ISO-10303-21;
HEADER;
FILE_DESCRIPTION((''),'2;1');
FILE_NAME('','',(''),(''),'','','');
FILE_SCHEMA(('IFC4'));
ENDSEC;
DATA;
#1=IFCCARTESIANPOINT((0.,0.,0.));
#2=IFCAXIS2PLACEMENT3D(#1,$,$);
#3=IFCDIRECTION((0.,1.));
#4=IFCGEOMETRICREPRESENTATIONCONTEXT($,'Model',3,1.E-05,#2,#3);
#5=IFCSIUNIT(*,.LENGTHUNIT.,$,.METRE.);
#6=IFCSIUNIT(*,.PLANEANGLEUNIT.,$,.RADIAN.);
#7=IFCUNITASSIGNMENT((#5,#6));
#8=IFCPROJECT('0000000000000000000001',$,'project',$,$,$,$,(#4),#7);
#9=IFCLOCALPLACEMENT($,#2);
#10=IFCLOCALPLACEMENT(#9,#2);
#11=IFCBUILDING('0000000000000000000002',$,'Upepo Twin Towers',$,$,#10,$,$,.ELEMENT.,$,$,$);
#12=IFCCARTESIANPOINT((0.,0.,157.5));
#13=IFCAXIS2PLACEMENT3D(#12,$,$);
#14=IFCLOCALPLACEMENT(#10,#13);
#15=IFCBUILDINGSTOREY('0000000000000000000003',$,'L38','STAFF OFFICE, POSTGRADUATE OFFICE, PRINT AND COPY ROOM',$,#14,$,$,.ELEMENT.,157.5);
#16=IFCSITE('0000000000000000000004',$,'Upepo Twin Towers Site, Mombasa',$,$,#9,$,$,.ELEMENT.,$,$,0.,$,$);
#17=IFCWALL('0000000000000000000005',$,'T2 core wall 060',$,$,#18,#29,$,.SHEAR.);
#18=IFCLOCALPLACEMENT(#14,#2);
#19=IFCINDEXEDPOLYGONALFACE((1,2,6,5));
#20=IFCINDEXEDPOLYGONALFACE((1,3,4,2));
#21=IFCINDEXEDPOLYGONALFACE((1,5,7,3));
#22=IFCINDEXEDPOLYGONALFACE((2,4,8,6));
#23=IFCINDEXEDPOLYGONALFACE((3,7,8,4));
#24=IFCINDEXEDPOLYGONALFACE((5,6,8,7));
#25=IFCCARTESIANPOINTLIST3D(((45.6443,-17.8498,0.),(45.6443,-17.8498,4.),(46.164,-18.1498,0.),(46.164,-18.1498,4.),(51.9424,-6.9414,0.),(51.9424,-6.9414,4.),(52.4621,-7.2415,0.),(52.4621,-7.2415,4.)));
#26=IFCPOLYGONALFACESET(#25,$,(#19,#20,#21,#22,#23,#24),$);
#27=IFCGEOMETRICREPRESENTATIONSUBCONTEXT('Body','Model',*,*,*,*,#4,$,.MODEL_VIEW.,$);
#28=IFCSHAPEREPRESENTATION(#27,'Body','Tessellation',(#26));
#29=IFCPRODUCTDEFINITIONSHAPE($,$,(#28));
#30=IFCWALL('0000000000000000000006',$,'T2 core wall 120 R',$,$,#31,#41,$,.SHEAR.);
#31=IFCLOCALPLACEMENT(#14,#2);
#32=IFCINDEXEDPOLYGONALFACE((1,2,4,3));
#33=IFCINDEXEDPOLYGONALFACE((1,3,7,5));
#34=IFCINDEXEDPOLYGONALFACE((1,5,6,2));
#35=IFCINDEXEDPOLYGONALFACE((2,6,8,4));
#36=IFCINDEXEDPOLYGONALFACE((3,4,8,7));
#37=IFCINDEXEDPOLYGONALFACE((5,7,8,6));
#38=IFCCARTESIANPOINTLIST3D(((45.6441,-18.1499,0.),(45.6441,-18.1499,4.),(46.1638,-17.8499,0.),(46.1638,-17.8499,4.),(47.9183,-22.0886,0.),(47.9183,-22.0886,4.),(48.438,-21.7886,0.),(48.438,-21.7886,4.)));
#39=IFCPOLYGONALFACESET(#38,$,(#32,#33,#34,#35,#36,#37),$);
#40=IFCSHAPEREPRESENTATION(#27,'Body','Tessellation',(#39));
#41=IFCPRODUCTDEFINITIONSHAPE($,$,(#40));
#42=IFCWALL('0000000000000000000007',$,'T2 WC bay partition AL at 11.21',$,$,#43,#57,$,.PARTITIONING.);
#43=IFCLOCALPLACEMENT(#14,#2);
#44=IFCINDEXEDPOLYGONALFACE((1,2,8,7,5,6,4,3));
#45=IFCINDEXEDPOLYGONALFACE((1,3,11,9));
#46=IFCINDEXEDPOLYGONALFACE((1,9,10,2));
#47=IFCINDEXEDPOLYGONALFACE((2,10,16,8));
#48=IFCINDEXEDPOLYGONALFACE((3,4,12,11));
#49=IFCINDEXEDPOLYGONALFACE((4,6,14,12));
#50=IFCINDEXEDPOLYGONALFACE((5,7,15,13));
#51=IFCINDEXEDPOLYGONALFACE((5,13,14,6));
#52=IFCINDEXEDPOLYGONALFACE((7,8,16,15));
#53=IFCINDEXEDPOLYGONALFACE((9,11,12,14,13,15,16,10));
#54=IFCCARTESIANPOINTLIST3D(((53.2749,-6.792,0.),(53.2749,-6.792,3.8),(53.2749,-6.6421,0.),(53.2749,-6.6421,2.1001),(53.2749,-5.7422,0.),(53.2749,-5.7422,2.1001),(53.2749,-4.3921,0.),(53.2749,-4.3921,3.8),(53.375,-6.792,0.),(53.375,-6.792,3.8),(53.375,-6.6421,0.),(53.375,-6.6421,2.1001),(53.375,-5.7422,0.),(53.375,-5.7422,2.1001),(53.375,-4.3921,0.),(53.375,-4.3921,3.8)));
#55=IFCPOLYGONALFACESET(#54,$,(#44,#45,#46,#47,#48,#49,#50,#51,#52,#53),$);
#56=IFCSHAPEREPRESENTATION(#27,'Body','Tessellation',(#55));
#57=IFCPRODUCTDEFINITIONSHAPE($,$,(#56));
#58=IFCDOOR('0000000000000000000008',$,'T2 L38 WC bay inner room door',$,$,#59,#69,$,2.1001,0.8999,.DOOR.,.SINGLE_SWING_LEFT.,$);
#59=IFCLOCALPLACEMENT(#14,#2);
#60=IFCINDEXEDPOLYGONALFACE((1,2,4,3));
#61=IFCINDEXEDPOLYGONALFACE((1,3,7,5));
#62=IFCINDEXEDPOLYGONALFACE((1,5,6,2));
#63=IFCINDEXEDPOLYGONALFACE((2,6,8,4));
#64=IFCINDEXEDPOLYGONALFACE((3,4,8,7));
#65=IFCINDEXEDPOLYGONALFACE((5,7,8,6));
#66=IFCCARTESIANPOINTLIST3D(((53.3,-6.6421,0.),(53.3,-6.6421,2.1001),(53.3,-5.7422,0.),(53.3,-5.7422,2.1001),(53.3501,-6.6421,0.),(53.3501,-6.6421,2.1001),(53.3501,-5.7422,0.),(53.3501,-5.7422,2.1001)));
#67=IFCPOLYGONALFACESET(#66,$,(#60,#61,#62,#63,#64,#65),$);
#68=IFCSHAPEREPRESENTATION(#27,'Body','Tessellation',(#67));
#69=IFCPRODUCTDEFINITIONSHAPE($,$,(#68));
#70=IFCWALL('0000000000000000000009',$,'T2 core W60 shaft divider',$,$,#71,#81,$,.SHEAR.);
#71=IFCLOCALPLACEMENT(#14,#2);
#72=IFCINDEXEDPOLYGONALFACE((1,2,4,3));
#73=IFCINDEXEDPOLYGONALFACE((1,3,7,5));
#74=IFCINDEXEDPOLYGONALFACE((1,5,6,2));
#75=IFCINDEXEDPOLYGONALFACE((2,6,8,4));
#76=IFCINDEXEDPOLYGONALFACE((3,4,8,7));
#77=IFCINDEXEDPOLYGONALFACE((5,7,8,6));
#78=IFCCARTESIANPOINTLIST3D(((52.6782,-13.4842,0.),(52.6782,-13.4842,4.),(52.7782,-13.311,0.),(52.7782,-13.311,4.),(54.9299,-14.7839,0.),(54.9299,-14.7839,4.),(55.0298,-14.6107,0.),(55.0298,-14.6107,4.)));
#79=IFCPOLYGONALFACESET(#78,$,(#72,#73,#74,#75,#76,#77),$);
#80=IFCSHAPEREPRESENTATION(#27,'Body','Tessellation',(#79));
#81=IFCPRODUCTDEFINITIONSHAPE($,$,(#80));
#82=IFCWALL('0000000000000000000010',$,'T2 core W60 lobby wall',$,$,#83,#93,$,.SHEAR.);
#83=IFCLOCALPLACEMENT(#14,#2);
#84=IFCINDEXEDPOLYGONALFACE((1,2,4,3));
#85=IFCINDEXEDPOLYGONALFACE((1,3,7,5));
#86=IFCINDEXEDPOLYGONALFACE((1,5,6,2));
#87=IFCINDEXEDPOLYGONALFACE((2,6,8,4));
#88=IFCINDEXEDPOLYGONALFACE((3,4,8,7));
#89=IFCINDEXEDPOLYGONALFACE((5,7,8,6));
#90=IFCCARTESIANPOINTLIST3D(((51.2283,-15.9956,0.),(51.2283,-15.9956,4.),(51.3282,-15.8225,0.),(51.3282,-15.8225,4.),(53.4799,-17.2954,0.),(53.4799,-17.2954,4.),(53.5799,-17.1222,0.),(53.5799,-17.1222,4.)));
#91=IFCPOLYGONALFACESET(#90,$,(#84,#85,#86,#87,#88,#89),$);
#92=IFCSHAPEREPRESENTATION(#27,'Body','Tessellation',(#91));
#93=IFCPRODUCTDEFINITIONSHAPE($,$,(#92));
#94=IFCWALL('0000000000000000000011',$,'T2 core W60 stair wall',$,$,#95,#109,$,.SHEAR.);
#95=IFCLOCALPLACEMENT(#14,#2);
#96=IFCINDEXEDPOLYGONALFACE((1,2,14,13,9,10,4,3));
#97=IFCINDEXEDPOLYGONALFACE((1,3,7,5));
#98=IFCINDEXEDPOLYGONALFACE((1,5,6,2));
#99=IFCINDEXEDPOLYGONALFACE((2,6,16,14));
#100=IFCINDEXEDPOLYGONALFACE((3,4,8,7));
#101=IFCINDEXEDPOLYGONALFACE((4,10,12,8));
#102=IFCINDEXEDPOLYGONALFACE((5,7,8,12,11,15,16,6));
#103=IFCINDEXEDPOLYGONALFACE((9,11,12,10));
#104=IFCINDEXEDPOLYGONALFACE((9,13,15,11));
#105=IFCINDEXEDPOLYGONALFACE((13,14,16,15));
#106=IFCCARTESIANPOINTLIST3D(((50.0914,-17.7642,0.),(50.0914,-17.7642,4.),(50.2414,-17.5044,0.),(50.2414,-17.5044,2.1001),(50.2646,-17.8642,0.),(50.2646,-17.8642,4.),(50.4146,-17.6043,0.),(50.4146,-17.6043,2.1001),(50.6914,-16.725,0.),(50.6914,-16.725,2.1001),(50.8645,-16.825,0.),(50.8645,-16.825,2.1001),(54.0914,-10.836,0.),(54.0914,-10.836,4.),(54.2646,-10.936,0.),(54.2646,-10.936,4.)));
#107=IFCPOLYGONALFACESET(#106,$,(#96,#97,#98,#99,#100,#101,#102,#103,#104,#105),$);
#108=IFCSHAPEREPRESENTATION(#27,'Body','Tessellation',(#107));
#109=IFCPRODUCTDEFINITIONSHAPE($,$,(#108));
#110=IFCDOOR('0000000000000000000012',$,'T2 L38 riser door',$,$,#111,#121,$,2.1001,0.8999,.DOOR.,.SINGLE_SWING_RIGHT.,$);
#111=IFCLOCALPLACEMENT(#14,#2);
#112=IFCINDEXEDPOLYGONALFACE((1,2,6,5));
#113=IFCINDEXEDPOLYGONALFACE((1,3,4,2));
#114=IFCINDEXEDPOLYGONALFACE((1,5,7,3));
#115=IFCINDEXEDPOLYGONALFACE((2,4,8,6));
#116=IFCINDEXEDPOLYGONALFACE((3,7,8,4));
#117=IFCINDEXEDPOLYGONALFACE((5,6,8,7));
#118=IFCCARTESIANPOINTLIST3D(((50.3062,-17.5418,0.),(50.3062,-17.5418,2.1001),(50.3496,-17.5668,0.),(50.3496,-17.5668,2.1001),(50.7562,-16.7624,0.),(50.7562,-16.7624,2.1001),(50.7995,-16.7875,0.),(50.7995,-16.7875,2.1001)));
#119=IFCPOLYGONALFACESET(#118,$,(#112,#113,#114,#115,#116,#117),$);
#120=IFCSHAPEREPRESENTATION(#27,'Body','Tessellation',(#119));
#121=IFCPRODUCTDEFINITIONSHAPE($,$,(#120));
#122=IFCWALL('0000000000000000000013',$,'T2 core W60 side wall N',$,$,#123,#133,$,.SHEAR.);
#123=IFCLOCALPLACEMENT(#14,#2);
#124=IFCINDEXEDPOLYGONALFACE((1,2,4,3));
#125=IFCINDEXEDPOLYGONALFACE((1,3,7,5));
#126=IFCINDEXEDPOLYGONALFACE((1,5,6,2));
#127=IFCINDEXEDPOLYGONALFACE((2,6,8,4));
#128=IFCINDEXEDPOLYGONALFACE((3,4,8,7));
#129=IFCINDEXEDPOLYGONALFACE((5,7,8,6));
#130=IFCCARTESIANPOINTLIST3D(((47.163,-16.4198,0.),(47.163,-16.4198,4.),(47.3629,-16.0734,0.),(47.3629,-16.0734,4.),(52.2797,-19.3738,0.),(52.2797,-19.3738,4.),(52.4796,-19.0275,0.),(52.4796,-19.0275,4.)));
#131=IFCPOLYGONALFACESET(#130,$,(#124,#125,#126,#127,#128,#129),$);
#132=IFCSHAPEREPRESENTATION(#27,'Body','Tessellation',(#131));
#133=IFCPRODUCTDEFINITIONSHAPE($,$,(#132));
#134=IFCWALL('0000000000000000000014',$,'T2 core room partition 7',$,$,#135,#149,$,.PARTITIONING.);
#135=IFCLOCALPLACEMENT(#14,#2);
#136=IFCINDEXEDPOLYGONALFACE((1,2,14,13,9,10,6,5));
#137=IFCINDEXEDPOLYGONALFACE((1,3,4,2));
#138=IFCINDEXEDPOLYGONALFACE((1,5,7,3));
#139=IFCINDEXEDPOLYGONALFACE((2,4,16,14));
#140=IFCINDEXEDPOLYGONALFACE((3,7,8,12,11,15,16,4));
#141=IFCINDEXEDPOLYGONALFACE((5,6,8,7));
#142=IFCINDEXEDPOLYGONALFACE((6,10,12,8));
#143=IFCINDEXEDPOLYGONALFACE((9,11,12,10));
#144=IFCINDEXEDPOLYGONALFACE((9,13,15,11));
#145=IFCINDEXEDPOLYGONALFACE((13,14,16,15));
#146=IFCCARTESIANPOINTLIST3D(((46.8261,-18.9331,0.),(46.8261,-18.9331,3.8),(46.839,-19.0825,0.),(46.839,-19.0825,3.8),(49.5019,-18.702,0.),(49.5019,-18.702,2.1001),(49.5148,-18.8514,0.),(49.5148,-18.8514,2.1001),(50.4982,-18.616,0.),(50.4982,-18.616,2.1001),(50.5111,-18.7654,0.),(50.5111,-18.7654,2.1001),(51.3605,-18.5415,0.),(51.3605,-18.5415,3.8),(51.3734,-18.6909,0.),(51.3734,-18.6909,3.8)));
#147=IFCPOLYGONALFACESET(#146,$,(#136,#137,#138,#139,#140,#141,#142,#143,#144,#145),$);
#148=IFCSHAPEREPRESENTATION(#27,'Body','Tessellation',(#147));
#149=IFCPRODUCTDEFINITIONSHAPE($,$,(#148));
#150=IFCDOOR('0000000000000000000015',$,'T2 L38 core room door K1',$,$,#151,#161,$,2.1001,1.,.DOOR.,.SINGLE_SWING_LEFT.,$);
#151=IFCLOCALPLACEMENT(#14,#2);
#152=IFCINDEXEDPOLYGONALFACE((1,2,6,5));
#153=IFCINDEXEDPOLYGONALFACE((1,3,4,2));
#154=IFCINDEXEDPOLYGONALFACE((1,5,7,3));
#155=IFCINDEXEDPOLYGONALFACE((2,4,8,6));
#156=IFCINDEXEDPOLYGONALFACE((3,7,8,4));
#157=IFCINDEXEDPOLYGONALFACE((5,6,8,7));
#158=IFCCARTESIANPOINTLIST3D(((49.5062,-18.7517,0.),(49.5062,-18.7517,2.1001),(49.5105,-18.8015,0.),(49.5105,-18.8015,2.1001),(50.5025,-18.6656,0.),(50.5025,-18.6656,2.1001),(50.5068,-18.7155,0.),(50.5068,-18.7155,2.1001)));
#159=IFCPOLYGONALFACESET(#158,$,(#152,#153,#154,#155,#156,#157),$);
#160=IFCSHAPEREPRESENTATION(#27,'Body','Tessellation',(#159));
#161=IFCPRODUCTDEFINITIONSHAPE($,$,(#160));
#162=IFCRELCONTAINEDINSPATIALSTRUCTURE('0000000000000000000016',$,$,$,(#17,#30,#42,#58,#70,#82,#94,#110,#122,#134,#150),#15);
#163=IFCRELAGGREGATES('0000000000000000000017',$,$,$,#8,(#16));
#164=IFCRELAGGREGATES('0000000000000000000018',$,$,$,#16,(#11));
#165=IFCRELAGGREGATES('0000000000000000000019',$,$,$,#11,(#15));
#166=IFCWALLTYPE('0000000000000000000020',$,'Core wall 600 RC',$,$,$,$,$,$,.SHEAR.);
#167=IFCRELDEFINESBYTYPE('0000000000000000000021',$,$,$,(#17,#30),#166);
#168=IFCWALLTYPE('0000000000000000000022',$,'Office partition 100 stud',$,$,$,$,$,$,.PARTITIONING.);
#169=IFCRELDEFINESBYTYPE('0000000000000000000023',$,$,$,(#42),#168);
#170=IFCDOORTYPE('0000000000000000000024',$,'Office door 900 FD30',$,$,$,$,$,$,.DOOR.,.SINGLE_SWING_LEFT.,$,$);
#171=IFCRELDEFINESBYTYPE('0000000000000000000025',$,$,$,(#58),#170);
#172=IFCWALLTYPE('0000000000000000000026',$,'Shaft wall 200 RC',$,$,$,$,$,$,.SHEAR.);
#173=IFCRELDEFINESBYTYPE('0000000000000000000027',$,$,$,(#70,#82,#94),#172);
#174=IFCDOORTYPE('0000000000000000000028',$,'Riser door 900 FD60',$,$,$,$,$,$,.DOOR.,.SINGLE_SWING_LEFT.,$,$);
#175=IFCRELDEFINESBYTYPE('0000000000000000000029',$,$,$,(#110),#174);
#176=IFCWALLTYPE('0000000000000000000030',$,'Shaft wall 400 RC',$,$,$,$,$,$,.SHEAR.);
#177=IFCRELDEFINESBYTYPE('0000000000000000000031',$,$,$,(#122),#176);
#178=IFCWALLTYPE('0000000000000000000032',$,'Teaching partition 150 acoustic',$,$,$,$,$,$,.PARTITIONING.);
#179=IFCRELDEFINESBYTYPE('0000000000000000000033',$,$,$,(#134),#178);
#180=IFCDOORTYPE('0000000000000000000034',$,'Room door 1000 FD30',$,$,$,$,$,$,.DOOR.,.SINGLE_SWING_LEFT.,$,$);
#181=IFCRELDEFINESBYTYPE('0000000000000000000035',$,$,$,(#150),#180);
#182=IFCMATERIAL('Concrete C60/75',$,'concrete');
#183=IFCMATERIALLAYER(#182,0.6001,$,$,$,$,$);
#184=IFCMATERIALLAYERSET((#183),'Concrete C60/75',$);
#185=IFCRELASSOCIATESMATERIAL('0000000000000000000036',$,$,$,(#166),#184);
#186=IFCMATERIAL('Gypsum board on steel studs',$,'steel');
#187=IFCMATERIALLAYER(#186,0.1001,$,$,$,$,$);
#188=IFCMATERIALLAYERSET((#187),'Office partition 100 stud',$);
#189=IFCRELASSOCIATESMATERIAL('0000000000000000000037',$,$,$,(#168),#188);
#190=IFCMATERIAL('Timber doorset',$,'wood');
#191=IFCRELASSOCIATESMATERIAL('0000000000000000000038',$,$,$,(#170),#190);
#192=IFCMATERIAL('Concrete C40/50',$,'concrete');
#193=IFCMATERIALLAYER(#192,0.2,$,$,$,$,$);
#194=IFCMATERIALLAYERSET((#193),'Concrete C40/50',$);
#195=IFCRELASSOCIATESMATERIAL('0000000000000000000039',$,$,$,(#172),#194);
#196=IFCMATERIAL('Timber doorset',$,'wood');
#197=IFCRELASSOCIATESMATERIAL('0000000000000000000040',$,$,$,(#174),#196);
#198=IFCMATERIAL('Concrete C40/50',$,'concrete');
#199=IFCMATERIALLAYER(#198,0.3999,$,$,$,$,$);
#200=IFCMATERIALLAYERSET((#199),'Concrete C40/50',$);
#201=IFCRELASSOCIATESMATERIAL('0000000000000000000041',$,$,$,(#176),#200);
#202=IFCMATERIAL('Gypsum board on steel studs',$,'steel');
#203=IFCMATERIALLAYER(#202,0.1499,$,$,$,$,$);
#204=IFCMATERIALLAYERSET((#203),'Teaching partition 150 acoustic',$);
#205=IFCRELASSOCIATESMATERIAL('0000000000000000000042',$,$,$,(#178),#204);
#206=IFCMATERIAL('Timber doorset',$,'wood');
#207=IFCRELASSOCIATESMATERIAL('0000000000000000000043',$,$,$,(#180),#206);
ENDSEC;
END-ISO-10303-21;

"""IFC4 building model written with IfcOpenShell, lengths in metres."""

from ifc_helpers import new_model, si_unit, direction, frame, frame_2d, origin, place, context, subcontext, project, spatial, rectangle, extrude, material, layer, layer_set, type_object, element, fill, save


model = new_model("IFC4")

# Units and contexts
model_context = context("Model", 3, precision=1e-05, world=origin(), true_north=direction((0.0, 1.0)))
body_context = subcontext(model_context, "Body", "Model", "MODEL_VIEW")
ifc_project = project(units=[si_unit("LENGTHUNIT", "METRE"), si_unit("PLANEANGLEUNIT", "RADIAN")], contexts=[model_context])

# Site, building, storey
site_placement = place(None, origin())
site = spatial("IfcSite", under=ifc_project, at=site_placement, Name="Upepo Twin Towers Site, Mombasa", CompositionType="ELEMENT", RefElevation=0.0)
building_placement = place(site_placement, origin())
building = spatial("IfcBuilding", under=site, at=building_placement, Name="Upepo Twin Towers", CompositionType="ELEMENT")
storey_placement = place(building_placement, frame((0.0, 0.0, 157.5)))
storey = spatial("IfcBuildingStorey", under=building, at=storey_placement, Name="L38", Description="STAFF OFFICE, POSTGRADUATE OFFICE, PRINT AND COPY ROOM", CompositionType="ELEMENT", Elevation=157.5)

# Walls
ifc_material_1 = material(Name="Concrete C60/75", Category="concrete")
ifc_layer_1 = layer(ifc_material_1, 0.6001)
ifc_layer_set_1 = layer_set([ifc_layer_1], Name="Concrete C60/75")
wall_type_1 = type_object("IfcWallType", Name="Core wall 600 RC", PredefinedType="SHEAR", material=ifc_layer_set_1)
wall_1_placement = place(storey_placement, frame((52.2021, -7.0916, 0.0), z_axis=(0.0, 0.0, 1.0), x_axis=(-0.500006, -0.866022, 0.0)))
element("IfcWall", 1, at=wall_1_placement, inside=storey, type_object=wall_type_1, Name="T2 core wall 060", PredefinedType="SHEAR", context=body_context, shape_type="SweptSolid", body=[
    extrude(rectangle(XDim=12.5959, YDim=0.6001, at=frame_2d((6.2979, 0.0))), origin(), (0.0, 0.0, 1.0), 4.0),
])
wall_2_placement = place(storey_placement, frame((45.9041, -18.0, 0.0), z_axis=(0.0, 0.0, 1.0), x_axis=(0.500024, -0.866011, 0.0)))
element("IfcWall", 2, at=wall_2_placement, inside=storey, type_object=wall_type_1, Name="T2 core wall 120 R", PredefinedType="SHEAR", context=body_context, shape_type="SweptSolid", body=[
    extrude(rectangle(XDim=4.5481, YDim=0.6001, at=frame_2d((2.2739, 0.0))), origin(), (0.0, 0.0, 1.0), 4.0),
])

# Wall, opening, door
ifc_material_2 = material(Name="Gypsum board on steel studs", Category="steel")
ifc_layer_2 = layer(ifc_material_2, 0.1001)
ifc_layer_set_2 = layer_set([ifc_layer_2], Name="Office partition 100 stud")
wall_type_2 = type_object("IfcWallType", Name="Office partition 100 stud", PredefinedType="PARTITIONING", material=ifc_layer_set_2)
wall_3_placement = place(storey_placement, frame((53.325, -6.792, 0.0), z_axis=(0.0, 0.0, 1.0), x_axis=(0.0, 1.0, 0.0)))
wall_3 = element("IfcWall", 3, at=wall_3_placement, inside=storey, type_object=wall_type_2, Name="T2 WC bay partition AL at 11.21", PredefinedType="PARTITIONING", context=body_context, shape_type="SweptSolid", body=[
    extrude(rectangle(XDim=2.3999, YDim=0.1001, at=frame_2d((1.2, 0.0))), origin(), (0.0, 0.0, 1.0), 3.8),
])
opening_1_placement = place(wall_3_placement, frame((0.1499, 0.0, 0.0)))
opening_1 = element("IfcOpeningElement", 4, at=opening_1_placement, cuts=wall_3, PredefinedType="OPENING", context=body_context, shape_type="SweptSolid", body=[
    extrude(rectangle(XDim=0.8999, YDim=2.1001, at=frame_2d((0.45, 1.05))), frame((0.0, 0.0601, 0.0), z_axis=(0.0, -1.0, 0.0), x_axis=(1.0, 0.0, 0.0)), (0.0, 0.0, 1.0), 0.1201),
])
ifc_material_3 = material(Name="Timber doorset", Category="wood")
door_type_1 = type_object("IfcDoorType", Name="Office door 900 FD30", OperationType="SINGLE_SWING_LEFT", PredefinedType="DOOR", material=ifc_material_3)
door_1_placement = place(opening_1_placement, origin())
door_1 = element("IfcDoor", 5, at=door_1_placement, inside=storey, type_object=door_type_1, Name="T2 L38 WC bay inner room door", OperationType="SINGLE_SWING_LEFT", OverallHeight=2.1001, OverallWidth=0.8999, PredefinedType="DOOR", context=body_context, shape_type="SweptSolid", body=[
    extrude(rectangle(XDim=0.8999, YDim=2.1001, at=frame_2d((0.45, 1.05))), frame((0.0, 0.0249, 0.0), z_axis=(0.0, -1.0, 0.0), x_axis=(1.0, 0.0, 0.0)), (0.0, 0.0, 1.0), 0.05),
])
fill(opening_1, door_1)

# Walls
ifc_material_4 = material(Name="Concrete C40/50", Category="concrete")
ifc_layer_3 = layer(ifc_material_4, 0.2)
ifc_layer_set_3 = layer_set([ifc_layer_3], Name="Concrete C40/50")
wall_type_3 = type_object("IfcWallType", Name="Shaft wall 200 RC", PredefinedType="SHEAR", material=ifc_layer_set_3)
for number, where, z_axis, x_axis, name in (
    (6, (54.9797, -14.6973, 0.0), (0.0, 0.0, 1.0), (-0.866062, 0.499937, 0.0), "T2 core W60 shaft divider"),
    (7, (53.5298, -17.2087, 0.0), (0.0, 0.0, 1.0), (-0.866062, 0.499937, 0.0), "T2 core W60 lobby wall"),
):
    element("IfcWall", number, at=place(storey_placement, frame(where, z_axis=z_axis, x_axis=x_axis)), inside=storey, type_object=wall_type_3, Name=name, PredefinedType="SHEAR", context=body_context, shape_type="SweptSolid", body=[
        extrude(rectangle(XDim=2.5999, YDim=0.2, at=frame_2d((1.2998, 0.0))), origin(), (0.0, 0.0, 1.0), 4.0),
    ])

# Wall, opening, door
wall_4_placement = place(storey_placement, frame((54.178, -10.886, 0.0), z_axis=(0.0, 0.0, 1.0), x_axis=(-0.499999, -0.866026, 0.0)))
wall_4 = element("IfcWall", 8, at=wall_4_placement, inside=storey, type_object=wall_type_3, Name="T2 core W60 stair wall", PredefinedType="SHEAR", context=body_context, shape_type="SweptSolid", body=[
    extrude(rectangle(XDim=8.0, YDim=0.2, at=frame_2d((4.0, 0.0))), origin(), (0.0, 0.0, 1.0), 4.0),
])
opening_2_placement = place(wall_4_placement, frame((6.8, 0.0, 0.0)))
opening_2 = element("IfcOpeningElement", 9, at=opening_2_placement, cuts=wall_4, PredefinedType="OPENING", context=body_context, shape_type="SweptSolid", body=[
    extrude(rectangle(XDim=0.8999, YDim=2.1001, at=frame_2d((0.45, 1.05))), frame((0.0, 0.1099, 0.0), z_axis=(0.0, -1.0, 0.0), x_axis=(1.0, 0.0, 0.0)), (0.0, 0.0, 1.0), 0.22),
])
ifc_material_5 = material(Name="Timber doorset", Category="wood")
door_type_2 = type_object("IfcDoorType", Name="Riser door 900 FD60", OperationType="SINGLE_SWING_LEFT", PredefinedType="DOOR", material=ifc_material_5)
door_2_placement = place(opening_2_placement, origin())
door_2 = element("IfcDoor", 10, at=door_2_placement, inside=storey, type_object=door_type_2, Name="T2 L38 riser door", OperationType="SINGLE_SWING_RIGHT", OverallHeight=2.1001, OverallWidth=0.8999, PredefinedType="DOOR", context=body_context, shape_type="SweptSolid", body=[
    extrude(rectangle(XDim=0.8999, YDim=2.1001, at=frame_2d((0.45, 1.05))), frame((0.0, 0.0249, 0.0), z_axis=(0.0, -1.0, 0.0), x_axis=(1.0, 0.0, 0.0)), (0.0, 0.0, 1.0), 0.05),
])
fill(opening_2, door_2)

# Wall
ifc_material_6 = material(Name="Concrete C40/50", Category="concrete")
ifc_layer_4 = layer(ifc_material_6, 0.3999)
ifc_layer_set_4 = layer_set([ifc_layer_4], Name="Concrete C40/50")
wall_type_4 = type_object("IfcWallType", Name="Shaft wall 400 RC", PredefinedType="SHEAR", material=ifc_layer_set_4)
wall_5_placement = place(storey_placement, frame((52.3796, -19.2007, 0.0), z_axis=(0.0, 0.0, 1.0), x_axis=(-0.866027, 0.499997, 0.0)))
element("IfcWall", 11, at=wall_5_placement, inside=storey, type_object=wall_type_4, Name="T2 core W60 side wall N", PredefinedType="SHEAR", context=body_context, shape_type="SweptSolid", body=[
    extrude(rectangle(XDim=5.9082, YDim=0.3999, at=frame_2d((2.9541, 0.0))), origin(), (0.0, 0.0, 1.0), 4.0),
])

# Wall, opening, door
ifc_material_7 = material(Name="Gypsum board on steel studs", Category="steel")
ifc_layer_5 = layer(ifc_material_7, 0.1499)
ifc_layer_set_5 = layer_set([ifc_layer_5], Name="Teaching partition 150 acoustic")
wall_type_5 = type_object("IfcWallType", Name="Teaching partition 150 acoustic", PredefinedType="PARTITIONING", material=ifc_layer_set_5)
wall_6_placement = place(storey_placement, frame((51.3669, -18.6162, 0.0), z_axis=(0.0, 0.0, 1.0), x_axis=(-0.996292, -0.086042, 0.0)))
wall_6 = element("IfcWall", 12, at=wall_6_placement, inside=storey, type_object=wall_type_5, Name="T2 core room partition 7", PredefinedType="PARTITIONING", context=body_context, shape_type="SweptSolid", body=[
    extrude(rectangle(XDim=4.5513, YDim=0.1499, at=frame_2d((2.2756, 0.0))), origin(), (0.0, 0.0, 1.0), 3.8),
])
opening_3_placement = place(wall_6_placement, frame((0.8655, 0.0, 0.0)))
opening_3 = element("IfcOpeningElement", 13, at=opening_3_placement, cuts=wall_6, PredefinedType="OPENING", context=body_context, shape_type="SweptSolid", body=[
    extrude(rectangle(XDim=1.0, YDim=2.1001, at=frame_2d((0.5, 1.05))), frame((0.0, 0.085, 0.0), z_axis=(0.0, -1.0, 0.0), x_axis=(1.0, 0.0, 0.0)), (0.0, 0.0, 1.0), 0.1699),
])
ifc_material_8 = material(Name="Timber doorset", Category="wood")
door_type_3 = type_object("IfcDoorType", Name="Room door 1000 FD30", OperationType="SINGLE_SWING_LEFT", PredefinedType="DOOR", material=ifc_material_8)
door_3_placement = place(opening_3_placement, origin())
door_3 = element("IfcDoor", 14, at=door_3_placement, inside=storey, type_object=door_type_3, Name="T2 L38 core room door K1", OperationType="SINGLE_SWING_LEFT", OverallHeight=2.1001, OverallWidth=1.0, PredefinedType="DOOR", context=body_context, shape_type="SweptSolid", body=[
    extrude(rectangle(XDim=1.0, YDim=2.1001, at=frame_2d((0.5, 1.05))), frame((0.0, 0.0249, 0.0), z_axis=(0.0, -1.0, 0.0), x_axis=(1.0, 0.0, 0.0)), (0.0, 0.0, 1.0), 0.05),
])
fill(opening_3, door_3)

save(model, "model.ifc")
